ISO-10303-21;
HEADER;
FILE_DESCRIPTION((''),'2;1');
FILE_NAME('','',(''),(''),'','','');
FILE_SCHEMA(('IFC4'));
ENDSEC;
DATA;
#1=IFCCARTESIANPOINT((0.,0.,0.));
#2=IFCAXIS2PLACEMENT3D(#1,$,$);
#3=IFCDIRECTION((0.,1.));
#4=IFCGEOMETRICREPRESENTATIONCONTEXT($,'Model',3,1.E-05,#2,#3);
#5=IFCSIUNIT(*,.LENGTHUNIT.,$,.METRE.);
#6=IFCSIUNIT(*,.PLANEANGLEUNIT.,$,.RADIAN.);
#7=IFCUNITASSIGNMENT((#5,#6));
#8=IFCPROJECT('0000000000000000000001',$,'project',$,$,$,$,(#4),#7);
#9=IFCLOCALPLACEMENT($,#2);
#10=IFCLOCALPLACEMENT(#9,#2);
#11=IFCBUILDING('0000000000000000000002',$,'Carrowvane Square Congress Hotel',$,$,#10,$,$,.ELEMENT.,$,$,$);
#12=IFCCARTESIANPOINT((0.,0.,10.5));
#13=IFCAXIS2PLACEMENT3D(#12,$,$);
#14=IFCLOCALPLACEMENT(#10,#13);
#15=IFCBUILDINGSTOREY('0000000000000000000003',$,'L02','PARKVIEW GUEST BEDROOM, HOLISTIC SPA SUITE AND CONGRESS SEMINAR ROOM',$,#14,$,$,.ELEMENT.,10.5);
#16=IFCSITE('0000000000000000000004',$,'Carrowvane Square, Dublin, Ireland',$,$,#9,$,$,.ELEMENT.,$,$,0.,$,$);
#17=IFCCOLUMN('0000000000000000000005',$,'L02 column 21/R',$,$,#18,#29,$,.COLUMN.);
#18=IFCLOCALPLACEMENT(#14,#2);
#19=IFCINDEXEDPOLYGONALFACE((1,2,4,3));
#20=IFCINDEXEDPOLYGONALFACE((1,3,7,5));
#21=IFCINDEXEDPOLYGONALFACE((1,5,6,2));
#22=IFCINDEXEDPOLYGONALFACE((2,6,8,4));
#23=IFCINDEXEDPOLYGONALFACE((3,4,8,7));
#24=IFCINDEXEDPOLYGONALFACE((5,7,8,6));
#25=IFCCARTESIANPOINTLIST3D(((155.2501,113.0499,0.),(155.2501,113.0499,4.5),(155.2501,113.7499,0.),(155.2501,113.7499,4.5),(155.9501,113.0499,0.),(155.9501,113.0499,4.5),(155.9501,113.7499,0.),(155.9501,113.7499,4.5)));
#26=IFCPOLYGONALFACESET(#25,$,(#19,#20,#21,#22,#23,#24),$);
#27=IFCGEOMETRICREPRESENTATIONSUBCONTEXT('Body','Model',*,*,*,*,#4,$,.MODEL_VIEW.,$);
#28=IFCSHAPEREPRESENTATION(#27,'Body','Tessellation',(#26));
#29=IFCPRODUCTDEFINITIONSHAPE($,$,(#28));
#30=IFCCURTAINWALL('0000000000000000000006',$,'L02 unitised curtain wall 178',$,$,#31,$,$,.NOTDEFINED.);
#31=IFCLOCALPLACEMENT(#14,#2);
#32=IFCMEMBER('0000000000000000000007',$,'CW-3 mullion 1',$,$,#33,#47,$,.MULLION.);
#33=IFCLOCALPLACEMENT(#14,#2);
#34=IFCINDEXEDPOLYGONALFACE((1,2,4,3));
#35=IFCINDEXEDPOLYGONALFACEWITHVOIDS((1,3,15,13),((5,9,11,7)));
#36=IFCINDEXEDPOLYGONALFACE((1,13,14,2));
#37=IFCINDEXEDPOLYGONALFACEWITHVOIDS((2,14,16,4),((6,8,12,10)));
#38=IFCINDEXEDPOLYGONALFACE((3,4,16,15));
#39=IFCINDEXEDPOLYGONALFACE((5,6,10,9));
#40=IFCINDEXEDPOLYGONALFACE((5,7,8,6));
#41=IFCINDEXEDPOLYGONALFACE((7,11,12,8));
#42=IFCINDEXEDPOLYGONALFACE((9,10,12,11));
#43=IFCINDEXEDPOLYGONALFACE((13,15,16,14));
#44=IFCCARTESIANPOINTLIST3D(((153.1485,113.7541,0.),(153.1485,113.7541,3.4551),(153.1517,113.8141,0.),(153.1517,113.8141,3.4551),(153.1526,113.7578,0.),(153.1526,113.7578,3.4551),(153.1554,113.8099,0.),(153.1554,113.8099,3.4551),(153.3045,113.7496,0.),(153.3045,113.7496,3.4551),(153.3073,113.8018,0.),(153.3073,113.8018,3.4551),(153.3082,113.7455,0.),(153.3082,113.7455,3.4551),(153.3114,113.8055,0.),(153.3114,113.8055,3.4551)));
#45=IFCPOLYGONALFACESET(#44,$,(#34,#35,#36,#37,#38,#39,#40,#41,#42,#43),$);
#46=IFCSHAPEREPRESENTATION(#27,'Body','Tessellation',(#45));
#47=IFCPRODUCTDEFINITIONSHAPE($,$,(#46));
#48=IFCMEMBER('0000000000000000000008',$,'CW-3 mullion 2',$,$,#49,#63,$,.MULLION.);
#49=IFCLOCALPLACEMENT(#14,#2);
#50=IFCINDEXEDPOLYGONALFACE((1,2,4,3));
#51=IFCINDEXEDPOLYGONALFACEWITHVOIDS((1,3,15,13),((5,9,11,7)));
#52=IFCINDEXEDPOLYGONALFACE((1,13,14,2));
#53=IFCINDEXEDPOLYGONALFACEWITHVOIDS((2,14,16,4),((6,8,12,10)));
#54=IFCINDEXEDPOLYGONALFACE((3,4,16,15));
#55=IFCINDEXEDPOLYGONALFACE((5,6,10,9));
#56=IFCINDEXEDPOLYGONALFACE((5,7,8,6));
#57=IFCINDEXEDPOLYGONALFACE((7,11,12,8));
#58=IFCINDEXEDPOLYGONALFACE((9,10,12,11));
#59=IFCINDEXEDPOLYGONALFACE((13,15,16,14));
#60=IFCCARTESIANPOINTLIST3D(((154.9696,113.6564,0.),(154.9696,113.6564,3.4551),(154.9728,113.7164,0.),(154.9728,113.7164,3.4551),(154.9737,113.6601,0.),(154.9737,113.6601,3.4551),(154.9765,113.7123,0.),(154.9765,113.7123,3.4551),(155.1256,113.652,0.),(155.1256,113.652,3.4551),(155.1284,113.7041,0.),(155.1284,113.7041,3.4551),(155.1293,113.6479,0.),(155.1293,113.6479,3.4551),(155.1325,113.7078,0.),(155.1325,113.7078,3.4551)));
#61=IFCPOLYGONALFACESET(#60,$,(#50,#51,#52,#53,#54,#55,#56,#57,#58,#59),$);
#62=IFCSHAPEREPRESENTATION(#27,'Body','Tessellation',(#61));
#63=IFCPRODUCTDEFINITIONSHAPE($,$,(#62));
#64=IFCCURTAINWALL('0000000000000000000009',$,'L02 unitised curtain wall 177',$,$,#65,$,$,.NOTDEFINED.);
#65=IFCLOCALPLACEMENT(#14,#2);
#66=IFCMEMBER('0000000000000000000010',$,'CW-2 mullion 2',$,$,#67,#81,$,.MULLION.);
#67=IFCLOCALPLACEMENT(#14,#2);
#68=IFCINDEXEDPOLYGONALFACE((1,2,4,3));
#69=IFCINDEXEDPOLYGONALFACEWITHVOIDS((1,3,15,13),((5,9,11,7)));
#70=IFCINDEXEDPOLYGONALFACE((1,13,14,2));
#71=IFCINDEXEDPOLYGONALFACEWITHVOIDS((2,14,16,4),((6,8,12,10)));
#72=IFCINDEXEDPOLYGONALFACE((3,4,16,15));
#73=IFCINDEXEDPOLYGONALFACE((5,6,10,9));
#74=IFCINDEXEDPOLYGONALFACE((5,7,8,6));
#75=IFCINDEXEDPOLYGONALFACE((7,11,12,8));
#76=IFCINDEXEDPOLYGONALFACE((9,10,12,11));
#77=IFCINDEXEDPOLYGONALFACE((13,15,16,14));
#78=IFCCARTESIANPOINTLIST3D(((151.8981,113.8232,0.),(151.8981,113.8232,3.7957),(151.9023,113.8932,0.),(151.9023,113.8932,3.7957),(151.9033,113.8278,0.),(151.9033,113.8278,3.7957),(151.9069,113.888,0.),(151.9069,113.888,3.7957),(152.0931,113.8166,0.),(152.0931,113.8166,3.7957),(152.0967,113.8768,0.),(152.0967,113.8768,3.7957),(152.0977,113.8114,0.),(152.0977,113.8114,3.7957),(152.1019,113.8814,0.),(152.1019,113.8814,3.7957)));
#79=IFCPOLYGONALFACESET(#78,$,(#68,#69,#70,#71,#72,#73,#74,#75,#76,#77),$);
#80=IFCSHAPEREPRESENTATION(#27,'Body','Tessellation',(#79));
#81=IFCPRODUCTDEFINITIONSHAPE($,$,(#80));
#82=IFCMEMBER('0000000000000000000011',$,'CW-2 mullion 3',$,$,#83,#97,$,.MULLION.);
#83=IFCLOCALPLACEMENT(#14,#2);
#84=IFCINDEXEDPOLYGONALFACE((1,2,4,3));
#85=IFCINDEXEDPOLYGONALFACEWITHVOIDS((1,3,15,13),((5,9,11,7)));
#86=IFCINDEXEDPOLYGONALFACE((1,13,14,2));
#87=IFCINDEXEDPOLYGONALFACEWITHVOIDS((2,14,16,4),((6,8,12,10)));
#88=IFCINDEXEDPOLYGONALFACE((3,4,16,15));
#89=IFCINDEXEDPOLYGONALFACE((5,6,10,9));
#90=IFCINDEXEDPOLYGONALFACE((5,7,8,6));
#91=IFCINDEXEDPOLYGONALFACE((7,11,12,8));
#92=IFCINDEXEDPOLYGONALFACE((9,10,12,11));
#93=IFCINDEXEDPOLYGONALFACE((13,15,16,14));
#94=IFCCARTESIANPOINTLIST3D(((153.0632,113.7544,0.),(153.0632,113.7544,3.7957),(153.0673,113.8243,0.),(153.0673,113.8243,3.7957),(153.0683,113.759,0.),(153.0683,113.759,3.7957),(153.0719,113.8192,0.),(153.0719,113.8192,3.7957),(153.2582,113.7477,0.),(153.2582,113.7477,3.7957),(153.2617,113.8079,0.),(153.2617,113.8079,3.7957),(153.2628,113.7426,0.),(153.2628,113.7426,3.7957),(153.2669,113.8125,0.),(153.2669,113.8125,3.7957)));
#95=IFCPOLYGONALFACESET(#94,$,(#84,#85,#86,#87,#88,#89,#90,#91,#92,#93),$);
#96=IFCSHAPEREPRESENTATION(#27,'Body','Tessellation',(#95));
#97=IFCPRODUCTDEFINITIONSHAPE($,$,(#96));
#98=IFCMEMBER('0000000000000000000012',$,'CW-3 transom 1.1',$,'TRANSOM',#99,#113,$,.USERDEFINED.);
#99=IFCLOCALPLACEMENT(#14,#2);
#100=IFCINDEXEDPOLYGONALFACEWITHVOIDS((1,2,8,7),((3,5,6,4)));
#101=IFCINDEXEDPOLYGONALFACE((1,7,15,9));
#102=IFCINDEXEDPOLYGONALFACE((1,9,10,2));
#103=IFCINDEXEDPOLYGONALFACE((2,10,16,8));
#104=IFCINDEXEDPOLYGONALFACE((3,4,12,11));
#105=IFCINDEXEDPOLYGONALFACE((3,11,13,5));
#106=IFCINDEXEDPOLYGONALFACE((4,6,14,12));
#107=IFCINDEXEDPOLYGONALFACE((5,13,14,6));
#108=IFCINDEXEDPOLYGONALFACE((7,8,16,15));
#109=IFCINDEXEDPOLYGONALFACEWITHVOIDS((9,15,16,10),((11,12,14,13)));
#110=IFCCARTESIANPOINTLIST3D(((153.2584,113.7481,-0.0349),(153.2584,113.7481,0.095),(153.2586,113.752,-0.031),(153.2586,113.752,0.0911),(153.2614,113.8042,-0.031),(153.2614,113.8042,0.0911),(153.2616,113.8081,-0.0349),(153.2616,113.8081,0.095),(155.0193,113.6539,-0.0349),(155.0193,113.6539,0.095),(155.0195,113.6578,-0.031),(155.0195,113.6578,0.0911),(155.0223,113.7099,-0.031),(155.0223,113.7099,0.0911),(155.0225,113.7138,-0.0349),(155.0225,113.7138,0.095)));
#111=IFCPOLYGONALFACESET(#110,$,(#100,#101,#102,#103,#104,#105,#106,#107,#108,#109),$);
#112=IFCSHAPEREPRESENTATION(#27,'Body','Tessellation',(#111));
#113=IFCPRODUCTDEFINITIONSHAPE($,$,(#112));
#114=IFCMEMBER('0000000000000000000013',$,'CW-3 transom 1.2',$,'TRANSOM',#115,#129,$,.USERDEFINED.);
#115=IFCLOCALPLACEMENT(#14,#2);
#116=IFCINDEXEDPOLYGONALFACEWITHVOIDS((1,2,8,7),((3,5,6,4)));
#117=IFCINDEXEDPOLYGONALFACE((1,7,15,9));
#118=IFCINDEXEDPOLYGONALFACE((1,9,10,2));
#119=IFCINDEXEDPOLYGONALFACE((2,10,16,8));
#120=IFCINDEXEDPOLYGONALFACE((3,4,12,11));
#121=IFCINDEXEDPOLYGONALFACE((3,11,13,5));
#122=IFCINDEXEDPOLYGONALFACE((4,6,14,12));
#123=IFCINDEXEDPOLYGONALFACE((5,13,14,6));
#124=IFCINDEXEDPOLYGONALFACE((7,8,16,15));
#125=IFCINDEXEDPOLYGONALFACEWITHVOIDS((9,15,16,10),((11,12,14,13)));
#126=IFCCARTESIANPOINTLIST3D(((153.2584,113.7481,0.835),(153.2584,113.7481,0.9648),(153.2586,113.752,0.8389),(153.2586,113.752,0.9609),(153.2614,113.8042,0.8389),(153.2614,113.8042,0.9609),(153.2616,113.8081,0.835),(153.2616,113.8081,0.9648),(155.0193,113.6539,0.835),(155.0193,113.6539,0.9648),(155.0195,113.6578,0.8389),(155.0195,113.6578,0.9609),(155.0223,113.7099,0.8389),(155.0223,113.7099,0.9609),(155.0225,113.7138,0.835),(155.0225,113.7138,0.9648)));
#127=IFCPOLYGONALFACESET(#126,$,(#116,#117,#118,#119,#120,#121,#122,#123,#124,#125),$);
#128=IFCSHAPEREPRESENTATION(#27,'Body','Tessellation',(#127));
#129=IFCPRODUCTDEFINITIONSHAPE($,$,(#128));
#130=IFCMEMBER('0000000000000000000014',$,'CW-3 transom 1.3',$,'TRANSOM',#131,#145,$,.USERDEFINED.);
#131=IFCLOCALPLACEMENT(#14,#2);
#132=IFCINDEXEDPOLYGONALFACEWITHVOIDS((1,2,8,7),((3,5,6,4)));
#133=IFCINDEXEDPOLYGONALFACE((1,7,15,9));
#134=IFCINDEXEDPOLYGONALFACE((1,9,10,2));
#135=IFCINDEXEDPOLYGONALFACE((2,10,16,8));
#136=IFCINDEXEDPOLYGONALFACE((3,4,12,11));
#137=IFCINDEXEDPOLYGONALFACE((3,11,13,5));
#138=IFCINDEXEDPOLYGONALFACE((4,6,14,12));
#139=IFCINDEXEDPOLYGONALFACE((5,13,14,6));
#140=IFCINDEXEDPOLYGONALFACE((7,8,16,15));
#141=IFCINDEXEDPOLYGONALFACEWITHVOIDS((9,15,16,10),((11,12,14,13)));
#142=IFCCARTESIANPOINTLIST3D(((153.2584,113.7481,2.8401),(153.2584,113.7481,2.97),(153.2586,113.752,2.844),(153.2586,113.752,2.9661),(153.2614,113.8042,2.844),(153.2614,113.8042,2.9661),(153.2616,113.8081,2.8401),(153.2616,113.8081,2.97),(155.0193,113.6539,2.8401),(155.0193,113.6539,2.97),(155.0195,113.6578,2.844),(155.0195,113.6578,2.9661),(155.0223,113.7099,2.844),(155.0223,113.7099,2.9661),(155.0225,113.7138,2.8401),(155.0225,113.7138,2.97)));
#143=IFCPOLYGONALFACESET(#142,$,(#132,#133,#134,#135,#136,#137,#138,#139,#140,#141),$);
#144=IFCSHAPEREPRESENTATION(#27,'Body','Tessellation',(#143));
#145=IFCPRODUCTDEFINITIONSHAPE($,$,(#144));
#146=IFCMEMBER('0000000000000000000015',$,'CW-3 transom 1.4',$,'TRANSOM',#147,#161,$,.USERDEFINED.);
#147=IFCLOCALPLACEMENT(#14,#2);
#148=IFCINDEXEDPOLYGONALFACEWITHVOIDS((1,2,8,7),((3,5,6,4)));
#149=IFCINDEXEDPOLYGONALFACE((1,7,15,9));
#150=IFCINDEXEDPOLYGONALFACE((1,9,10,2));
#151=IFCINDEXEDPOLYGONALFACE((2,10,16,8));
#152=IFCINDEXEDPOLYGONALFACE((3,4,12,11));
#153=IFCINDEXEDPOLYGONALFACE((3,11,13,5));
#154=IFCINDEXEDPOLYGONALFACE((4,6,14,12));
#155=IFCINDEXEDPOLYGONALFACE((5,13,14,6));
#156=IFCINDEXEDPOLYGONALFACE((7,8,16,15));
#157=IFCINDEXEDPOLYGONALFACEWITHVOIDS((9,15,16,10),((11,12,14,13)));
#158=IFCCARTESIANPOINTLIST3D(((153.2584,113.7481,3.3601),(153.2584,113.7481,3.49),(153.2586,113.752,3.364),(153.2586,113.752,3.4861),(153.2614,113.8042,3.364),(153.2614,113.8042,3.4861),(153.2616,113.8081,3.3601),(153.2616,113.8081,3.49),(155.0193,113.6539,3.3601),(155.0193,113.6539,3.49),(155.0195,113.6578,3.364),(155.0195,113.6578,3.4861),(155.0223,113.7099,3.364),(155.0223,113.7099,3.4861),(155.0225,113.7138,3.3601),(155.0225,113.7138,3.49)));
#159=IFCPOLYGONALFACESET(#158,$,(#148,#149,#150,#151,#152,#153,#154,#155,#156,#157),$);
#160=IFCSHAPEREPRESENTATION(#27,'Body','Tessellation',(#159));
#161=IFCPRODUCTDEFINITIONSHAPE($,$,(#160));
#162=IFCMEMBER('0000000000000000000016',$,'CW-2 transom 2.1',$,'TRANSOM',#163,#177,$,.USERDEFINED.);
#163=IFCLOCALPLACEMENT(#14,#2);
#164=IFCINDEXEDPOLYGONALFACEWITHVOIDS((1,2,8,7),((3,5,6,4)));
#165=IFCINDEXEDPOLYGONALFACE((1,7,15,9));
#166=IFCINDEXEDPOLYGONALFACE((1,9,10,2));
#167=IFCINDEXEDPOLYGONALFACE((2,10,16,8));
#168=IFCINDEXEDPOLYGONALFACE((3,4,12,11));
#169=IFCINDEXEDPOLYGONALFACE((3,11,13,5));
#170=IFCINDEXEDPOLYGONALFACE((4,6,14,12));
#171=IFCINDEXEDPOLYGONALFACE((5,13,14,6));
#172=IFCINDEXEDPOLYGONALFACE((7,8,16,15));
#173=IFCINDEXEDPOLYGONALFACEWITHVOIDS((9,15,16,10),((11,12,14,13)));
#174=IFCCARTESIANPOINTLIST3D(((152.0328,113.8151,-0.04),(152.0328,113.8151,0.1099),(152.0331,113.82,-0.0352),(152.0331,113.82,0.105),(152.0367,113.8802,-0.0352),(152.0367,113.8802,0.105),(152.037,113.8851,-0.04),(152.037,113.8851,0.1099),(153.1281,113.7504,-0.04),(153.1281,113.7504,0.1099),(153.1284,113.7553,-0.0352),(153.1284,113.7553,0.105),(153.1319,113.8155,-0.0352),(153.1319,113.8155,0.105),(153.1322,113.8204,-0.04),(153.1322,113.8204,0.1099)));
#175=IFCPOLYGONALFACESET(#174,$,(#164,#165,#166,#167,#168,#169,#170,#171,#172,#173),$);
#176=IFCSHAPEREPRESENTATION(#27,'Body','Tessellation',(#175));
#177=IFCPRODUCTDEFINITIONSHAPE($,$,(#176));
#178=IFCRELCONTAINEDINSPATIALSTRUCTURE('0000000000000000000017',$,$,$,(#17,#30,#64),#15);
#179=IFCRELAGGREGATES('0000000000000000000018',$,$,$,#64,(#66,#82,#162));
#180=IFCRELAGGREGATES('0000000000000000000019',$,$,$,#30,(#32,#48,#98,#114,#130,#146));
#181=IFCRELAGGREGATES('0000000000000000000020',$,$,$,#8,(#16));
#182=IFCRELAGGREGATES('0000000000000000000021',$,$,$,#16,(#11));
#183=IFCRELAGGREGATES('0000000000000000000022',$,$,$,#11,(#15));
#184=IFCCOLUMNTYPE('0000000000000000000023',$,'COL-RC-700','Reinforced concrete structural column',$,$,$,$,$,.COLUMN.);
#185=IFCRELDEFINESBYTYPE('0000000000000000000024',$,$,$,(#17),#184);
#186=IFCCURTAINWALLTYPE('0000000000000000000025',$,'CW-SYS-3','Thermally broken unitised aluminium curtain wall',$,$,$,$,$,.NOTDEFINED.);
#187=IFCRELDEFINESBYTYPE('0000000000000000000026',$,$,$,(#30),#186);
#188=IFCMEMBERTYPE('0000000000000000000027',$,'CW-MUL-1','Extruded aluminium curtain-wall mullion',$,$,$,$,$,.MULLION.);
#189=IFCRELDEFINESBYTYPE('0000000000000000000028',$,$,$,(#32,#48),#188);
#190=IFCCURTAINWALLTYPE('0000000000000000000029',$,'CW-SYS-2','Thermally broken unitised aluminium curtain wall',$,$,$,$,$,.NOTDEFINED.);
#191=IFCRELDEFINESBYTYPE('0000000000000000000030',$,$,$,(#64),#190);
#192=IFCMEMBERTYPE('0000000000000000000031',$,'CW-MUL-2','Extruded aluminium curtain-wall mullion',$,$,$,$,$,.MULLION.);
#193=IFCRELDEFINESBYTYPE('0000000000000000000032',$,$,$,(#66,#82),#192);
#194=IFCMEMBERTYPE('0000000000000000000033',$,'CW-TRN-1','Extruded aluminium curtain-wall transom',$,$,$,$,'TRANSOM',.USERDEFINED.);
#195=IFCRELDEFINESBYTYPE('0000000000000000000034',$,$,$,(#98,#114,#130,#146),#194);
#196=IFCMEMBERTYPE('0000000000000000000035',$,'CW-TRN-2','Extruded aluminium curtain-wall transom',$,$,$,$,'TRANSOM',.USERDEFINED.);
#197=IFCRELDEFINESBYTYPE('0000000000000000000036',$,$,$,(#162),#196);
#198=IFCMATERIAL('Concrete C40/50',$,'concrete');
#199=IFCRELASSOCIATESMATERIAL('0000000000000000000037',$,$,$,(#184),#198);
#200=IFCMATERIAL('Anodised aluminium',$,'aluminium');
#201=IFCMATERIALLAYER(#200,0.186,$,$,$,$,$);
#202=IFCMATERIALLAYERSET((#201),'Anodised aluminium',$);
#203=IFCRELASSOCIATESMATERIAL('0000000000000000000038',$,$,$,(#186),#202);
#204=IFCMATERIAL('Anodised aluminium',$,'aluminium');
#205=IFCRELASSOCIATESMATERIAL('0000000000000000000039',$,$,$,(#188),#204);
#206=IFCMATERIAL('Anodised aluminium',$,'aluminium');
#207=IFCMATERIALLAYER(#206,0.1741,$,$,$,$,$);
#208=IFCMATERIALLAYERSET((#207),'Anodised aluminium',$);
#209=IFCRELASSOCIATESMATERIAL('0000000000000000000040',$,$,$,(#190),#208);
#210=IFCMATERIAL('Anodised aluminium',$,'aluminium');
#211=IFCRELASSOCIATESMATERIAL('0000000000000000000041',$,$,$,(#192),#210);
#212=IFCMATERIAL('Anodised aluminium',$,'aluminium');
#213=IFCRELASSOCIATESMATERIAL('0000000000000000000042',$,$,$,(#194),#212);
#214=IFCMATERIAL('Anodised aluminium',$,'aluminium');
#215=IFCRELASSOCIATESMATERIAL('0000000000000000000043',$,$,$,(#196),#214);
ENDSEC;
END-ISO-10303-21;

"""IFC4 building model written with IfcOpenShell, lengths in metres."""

from ifc_helpers import new_model, si_unit, direction, frame, origin, origin_2d, place, context, subcontext, project, spatial, rectangle, hollow_rectangle, extrude, material, layer, layer_set, material_profile, profile_set, type_object, element, aggregate, save


model = new_model("IFC4")

# Units and contexts
model_context = context("Model", 3, precision=1e-05, world=origin(), true_north=direction((0.0, 1.0)))
body_context = subcontext(model_context, "Body", "Model", "MODEL_VIEW")
ifc_project = project(units=[si_unit("LENGTHUNIT", "METRE"), si_unit("PLANEANGLEUNIT", "RADIAN")], contexts=[model_context])

# Site, building, storey
site_placement = place(None, origin())
site = spatial("IfcSite", under=ifc_project, at=site_placement, Name="Carrowvane Square, Dublin, Ireland", CompositionType="ELEMENT", RefElevation=0.0)
building_placement = place(site_placement, origin())
building = spatial("IfcBuilding", under=site, at=building_placement, Name="Carrowvane Square Congress Hotel", CompositionType="ELEMENT")
storey_placement = place(building_placement, frame((0.0, 0.0, 10.5)))
storey = spatial("IfcBuildingStorey", under=building, at=storey_placement, Name="L02", Description="PARKVIEW GUEST BEDROOM, HOLISTIC SPA SUITE AND CONGRESS SEMINAR ROOM", CompositionType="ELEMENT", Elevation=10.5)

# Column
ifc_material_1 = material(Name="Concrete C40/50", Category="concrete")
ifc_material_profile_1 = material_profile(ifc_material_1, rectangle(XDim=0.7, YDim=0.7, at=origin_2d()), Name="RC 700x700")
ifc_profile_set_1 = profile_set([ifc_material_profile_1], Name="Concrete C40/50")
column_type = type_object("IfcColumnType", Name="COL-RC-700", Description="Reinforced concrete structural column", PredefinedType="COLUMN", material=ifc_profile_set_1)
column_placement = place(storey_placement, frame((155.6001, 113.3999, 0.0), z_axis=(0.0, 0.0, 1.0), x_axis=(1.0, 0.0, 0.0)))
element("IfcColumn", 1, at=column_placement, inside=storey, type_object=column_type, Name="L02 column 21/R", PredefinedType="COLUMN", context=body_context, shape_type="SweptSolid", body=[
    extrude(rectangle(XDim=0.7, YDim=0.7, at=origin_2d()), origin(), (0.0, 0.0, 1.0), 4.5),
])

# Curtain walls, members
ifc_material_2 = material(Name="Anodised aluminium", Category="aluminium")
ifc_layer_1 = layer(ifc_material_2, 0.186)
ifc_layer_set_1 = layer_set([ifc_layer_1], Name="Anodised aluminium")
curtain_wall_type_1 = type_object("IfcCurtainWallType", Name="CW-SYS-3", Description="Thermally broken unitised aluminium curtain wall", PredefinedType="NOTDEFINED", material=ifc_layer_set_1)
curtain_wall_1_placement = place(storey_placement, origin())
curtain_wall_1 = element("IfcCurtainWall", 2, at=curtain_wall_1_placement, inside=storey, type_object=curtain_wall_type_1, Name="L02 unitised curtain wall 178", PredefinedType="NOTDEFINED")
ifc_material_3 = material(Name="Anodised aluminium", Category="aluminium")
ifc_material_profile_2 = material_profile(ifc_material_3, hollow_rectangle(XDim=0.0601, YDim=0.1599, WallThickness=0.0039, at=origin_2d()), Name="CW-ML 60x160x4")
ifc_profile_set_2 = profile_set([ifc_material_profile_2], Name="Anodised aluminium")
member_type_1 = type_object("IfcMemberType", Name="CW-MUL-1", Description="Extruded aluminium curtain-wall mullion", PredefinedType="MULLION", material=ifc_profile_set_2)
member_1_placement = place(storey_placement, frame((153.23, 113.7798, 0.0), z_axis=(0.0, 0.0, 1.0), x_axis=(0.053517, 0.998567, 0.0)))
member_1 = element("IfcMember", 3, at=member_1_placement, type_object=member_type_1, Name="CW-3 mullion 1", PredefinedType="MULLION", context=body_context, shape_type="SweptSolid", body=[
    extrude(hollow_rectangle(XDim=0.0601, YDim=0.1599, WallThickness=0.0039, at=origin_2d()), origin(), (0.0, 0.0, 1.0), 3.4551),
])
member_2_placement = place(storey_placement, frame((155.051, 113.6821, 0.0), z_axis=(0.0, 0.0, 1.0), x_axis=(0.053517, 0.998567, 0.0)))
member_2 = element("IfcMember", 4, at=member_2_placement, type_object=member_type_1, Name="CW-3 mullion 2", PredefinedType="MULLION", context=body_context, shape_type="SweptSolid", body=[
    extrude(hollow_rectangle(XDim=0.0601, YDim=0.1599, WallThickness=0.0039, at=origin_2d()), origin(), (0.0, 0.0, 1.0), 3.4551),
])
ifc_material_4 = material(Name="Anodised aluminium", Category="aluminium")
ifc_layer_2 = layer(ifc_material_4, 0.1741)
ifc_layer_set_2 = layer_set([ifc_layer_2], Name="Anodised aluminium")
curtain_wall_type_2 = type_object("IfcCurtainWallType", Name="CW-SYS-2", Description="Thermally broken unitised aluminium curtain wall", PredefinedType="NOTDEFINED", material=ifc_layer_set_2)
curtain_wall_2_placement = place(storey_placement, origin())
curtain_wall_2 = element("IfcCurtainWall", 5, at=curtain_wall_2_placement, inside=storey, type_object=curtain_wall_type_2, Name="L02 unitised curtain wall 177", PredefinedType="NOTDEFINED")
ifc_material_5 = material(Name="Anodised aluminium", Category="aluminium")
ifc_material_profile_3 = material_profile(ifc_material_5, hollow_rectangle(XDim=0.0701, YDim=0.2, WallThickness=0.0049, at=origin_2d()), Name="CW-ML 70x200x5")
ifc_profile_set_3 = profile_set([ifc_material_profile_3], Name="Anodised aluminium")
member_type_2 = type_object("IfcMemberType", Name="CW-MUL-2", Description="Extruded aluminium curtain-wall mullion", PredefinedType="MULLION", material=ifc_profile_set_3)
member_3_placement = place(storey_placement, frame((152.0, 113.8523, 0.0), z_axis=(0.0, 0.0, 1.0), x_axis=(0.058989, 0.998259, 0.0)))
member_3 = element("IfcMember", 6, at=member_3_placement, type_object=member_type_2, Name="CW-2 mullion 2", PredefinedType="MULLION", context=body_context, shape_type="SweptSolid", body=[
    extrude(hollow_rectangle(XDim=0.0701, YDim=0.2, WallThickness=0.0049, at=origin_2d()), origin(), (0.0, 0.0, 1.0), 3.7957),
])
member_4_placement = place(storey_placement, frame((153.165, 113.7834, 0.0), z_axis=(0.0, 0.0, 1.0), x_axis=(0.058989, 0.998259, 0.0)))
member_4 = element("IfcMember", 7, at=member_4_placement, type_object=member_type_2, Name="CW-2 mullion 3", PredefinedType="MULLION", context=body_context, shape_type="SweptSolid", body=[
    extrude(hollow_rectangle(XDim=0.0701, YDim=0.2, WallThickness=0.0049, at=origin_2d()), origin(), (0.0, 0.0, 1.0), 3.7957),
])

# Members
ifc_material_6 = material(Name="Anodised aluminium", Category="aluminium")
ifc_material_profile_4 = material_profile(ifc_material_6, hollow_rectangle(XDim=0.0601, YDim=0.1299, WallThickness=0.0039, at=origin_2d()), Name="CW-TR 60x130x4")
ifc_profile_set_4 = profile_set([ifc_material_profile_4], Name="Anodised aluminium")
member_type_3 = type_object("IfcMemberType", Name="CW-TRN-1", Description="Extruded aluminium curtain-wall transom", ElementType="TRANSOM", PredefinedType="USERDEFINED", material=ifc_profile_set_4)
member_5_placement = place(storey_placement, frame((153.26, 113.7781, 0.03), z_axis=(0.998571, -0.053438, 0.0), x_axis=(0.053438, 0.998571, 0.0)))
member_5 = element("IfcMember", 8, at=member_5_placement, type_object=member_type_3, Name="CW-3 transom 1.1", ObjectType="TRANSOM", PredefinedType="USERDEFINED", context=body_context, shape_type="SweptSolid", body=[
    extrude(hollow_rectangle(XDim=0.0601, YDim=0.1299, WallThickness=0.0039, at=origin_2d()), origin(), (0.0, 0.0, 1.0), 1.7634),
])
member_6_placement = place(storey_placement, frame((153.26, 113.7781, 0.8999), z_axis=(0.998571, -0.053438, 0.0), x_axis=(0.053438, 0.998571, 0.0)))
member_6 = element("IfcMember", 9, at=member_6_placement, type_object=member_type_3, Name="CW-3 transom 1.2", ObjectType="TRANSOM", PredefinedType="USERDEFINED", context=body_context, shape_type="SweptSolid", body=[
    extrude(hollow_rectangle(XDim=0.0601, YDim=0.1299, WallThickness=0.0039, at=origin_2d()), origin(), (0.0, 0.0, 1.0), 1.7634),
])
member_7_placement = place(storey_placement, frame((153.26, 113.7781, 2.905), z_axis=(0.998571, -0.053438, 0.0), x_axis=(0.053438, 0.998571, 0.0)))
member_7 = element("IfcMember", 10, at=member_7_placement, type_object=member_type_3, Name="CW-3 transom 1.3", ObjectType="TRANSOM", PredefinedType="USERDEFINED", context=body_context, shape_type="SweptSolid", body=[
    extrude(hollow_rectangle(XDim=0.0601, YDim=0.1299, WallThickness=0.0039, at=origin_2d()), origin(), (0.0, 0.0, 1.0), 1.7634),
])
member_8_placement = place(storey_placement, frame((153.26, 113.7781, 3.425), z_axis=(0.998571, -0.053438, 0.0), x_axis=(0.053438, 0.998571, 0.0)))
member_8 = element("IfcMember", 11, at=member_8_placement, type_object=member_type_3, Name="CW-3 transom 1.4", ObjectType="TRANSOM", PredefinedType="USERDEFINED", context=body_context, shape_type="SweptSolid", body=[
    extrude(hollow_rectangle(XDim=0.0601, YDim=0.1299, WallThickness=0.0039, at=origin_2d()), origin(), (0.0, 0.0, 1.0), 1.7634),
])
ifc_material_7 = material(Name="Anodised aluminium", Category="aluminium")
ifc_material_profile_5 = material_profile(ifc_material_7, hollow_rectangle(XDim=0.0701, YDim=0.1499, WallThickness=0.0049, at=origin_2d()), Name="CW-TR 70x150x5")
ifc_profile_set_5 = profile_set([ifc_material_profile_5], Name="Anodised aluminium")
member_type_4 = type_object("IfcMemberType", Name="CW-TRN-2", Description="Extruded aluminium curtain-wall transom", ElementType="TRANSOM", PredefinedType="USERDEFINED", material=ifc_profile_set_5)
member_9_placement = place(storey_placement, frame((152.0349, 113.8501, 0.0349), z_axis=(0.99826, -0.05897, 0.0), x_axis=(0.05897, 0.99826, 0.0)))
member_9 = element("IfcMember", 12, at=member_9_placement, type_object=member_type_4, Name="CW-2 transom 2.1", ObjectType="TRANSOM", PredefinedType="USERDEFINED", context=body_context, shape_type="SweptSolid", body=[
    extrude(hollow_rectangle(XDim=0.0701, YDim=0.1499, WallThickness=0.0049, at=origin_2d()), origin(), (0.0, 0.0, 1.0), 1.0972),
])

aggregate(curtain_wall_2, [member_3, member_4, member_9])
aggregate(curtain_wall_1, [member_1, member_2, member_5, member_6, member_7, member_8])

save(model, "model.ifc")
